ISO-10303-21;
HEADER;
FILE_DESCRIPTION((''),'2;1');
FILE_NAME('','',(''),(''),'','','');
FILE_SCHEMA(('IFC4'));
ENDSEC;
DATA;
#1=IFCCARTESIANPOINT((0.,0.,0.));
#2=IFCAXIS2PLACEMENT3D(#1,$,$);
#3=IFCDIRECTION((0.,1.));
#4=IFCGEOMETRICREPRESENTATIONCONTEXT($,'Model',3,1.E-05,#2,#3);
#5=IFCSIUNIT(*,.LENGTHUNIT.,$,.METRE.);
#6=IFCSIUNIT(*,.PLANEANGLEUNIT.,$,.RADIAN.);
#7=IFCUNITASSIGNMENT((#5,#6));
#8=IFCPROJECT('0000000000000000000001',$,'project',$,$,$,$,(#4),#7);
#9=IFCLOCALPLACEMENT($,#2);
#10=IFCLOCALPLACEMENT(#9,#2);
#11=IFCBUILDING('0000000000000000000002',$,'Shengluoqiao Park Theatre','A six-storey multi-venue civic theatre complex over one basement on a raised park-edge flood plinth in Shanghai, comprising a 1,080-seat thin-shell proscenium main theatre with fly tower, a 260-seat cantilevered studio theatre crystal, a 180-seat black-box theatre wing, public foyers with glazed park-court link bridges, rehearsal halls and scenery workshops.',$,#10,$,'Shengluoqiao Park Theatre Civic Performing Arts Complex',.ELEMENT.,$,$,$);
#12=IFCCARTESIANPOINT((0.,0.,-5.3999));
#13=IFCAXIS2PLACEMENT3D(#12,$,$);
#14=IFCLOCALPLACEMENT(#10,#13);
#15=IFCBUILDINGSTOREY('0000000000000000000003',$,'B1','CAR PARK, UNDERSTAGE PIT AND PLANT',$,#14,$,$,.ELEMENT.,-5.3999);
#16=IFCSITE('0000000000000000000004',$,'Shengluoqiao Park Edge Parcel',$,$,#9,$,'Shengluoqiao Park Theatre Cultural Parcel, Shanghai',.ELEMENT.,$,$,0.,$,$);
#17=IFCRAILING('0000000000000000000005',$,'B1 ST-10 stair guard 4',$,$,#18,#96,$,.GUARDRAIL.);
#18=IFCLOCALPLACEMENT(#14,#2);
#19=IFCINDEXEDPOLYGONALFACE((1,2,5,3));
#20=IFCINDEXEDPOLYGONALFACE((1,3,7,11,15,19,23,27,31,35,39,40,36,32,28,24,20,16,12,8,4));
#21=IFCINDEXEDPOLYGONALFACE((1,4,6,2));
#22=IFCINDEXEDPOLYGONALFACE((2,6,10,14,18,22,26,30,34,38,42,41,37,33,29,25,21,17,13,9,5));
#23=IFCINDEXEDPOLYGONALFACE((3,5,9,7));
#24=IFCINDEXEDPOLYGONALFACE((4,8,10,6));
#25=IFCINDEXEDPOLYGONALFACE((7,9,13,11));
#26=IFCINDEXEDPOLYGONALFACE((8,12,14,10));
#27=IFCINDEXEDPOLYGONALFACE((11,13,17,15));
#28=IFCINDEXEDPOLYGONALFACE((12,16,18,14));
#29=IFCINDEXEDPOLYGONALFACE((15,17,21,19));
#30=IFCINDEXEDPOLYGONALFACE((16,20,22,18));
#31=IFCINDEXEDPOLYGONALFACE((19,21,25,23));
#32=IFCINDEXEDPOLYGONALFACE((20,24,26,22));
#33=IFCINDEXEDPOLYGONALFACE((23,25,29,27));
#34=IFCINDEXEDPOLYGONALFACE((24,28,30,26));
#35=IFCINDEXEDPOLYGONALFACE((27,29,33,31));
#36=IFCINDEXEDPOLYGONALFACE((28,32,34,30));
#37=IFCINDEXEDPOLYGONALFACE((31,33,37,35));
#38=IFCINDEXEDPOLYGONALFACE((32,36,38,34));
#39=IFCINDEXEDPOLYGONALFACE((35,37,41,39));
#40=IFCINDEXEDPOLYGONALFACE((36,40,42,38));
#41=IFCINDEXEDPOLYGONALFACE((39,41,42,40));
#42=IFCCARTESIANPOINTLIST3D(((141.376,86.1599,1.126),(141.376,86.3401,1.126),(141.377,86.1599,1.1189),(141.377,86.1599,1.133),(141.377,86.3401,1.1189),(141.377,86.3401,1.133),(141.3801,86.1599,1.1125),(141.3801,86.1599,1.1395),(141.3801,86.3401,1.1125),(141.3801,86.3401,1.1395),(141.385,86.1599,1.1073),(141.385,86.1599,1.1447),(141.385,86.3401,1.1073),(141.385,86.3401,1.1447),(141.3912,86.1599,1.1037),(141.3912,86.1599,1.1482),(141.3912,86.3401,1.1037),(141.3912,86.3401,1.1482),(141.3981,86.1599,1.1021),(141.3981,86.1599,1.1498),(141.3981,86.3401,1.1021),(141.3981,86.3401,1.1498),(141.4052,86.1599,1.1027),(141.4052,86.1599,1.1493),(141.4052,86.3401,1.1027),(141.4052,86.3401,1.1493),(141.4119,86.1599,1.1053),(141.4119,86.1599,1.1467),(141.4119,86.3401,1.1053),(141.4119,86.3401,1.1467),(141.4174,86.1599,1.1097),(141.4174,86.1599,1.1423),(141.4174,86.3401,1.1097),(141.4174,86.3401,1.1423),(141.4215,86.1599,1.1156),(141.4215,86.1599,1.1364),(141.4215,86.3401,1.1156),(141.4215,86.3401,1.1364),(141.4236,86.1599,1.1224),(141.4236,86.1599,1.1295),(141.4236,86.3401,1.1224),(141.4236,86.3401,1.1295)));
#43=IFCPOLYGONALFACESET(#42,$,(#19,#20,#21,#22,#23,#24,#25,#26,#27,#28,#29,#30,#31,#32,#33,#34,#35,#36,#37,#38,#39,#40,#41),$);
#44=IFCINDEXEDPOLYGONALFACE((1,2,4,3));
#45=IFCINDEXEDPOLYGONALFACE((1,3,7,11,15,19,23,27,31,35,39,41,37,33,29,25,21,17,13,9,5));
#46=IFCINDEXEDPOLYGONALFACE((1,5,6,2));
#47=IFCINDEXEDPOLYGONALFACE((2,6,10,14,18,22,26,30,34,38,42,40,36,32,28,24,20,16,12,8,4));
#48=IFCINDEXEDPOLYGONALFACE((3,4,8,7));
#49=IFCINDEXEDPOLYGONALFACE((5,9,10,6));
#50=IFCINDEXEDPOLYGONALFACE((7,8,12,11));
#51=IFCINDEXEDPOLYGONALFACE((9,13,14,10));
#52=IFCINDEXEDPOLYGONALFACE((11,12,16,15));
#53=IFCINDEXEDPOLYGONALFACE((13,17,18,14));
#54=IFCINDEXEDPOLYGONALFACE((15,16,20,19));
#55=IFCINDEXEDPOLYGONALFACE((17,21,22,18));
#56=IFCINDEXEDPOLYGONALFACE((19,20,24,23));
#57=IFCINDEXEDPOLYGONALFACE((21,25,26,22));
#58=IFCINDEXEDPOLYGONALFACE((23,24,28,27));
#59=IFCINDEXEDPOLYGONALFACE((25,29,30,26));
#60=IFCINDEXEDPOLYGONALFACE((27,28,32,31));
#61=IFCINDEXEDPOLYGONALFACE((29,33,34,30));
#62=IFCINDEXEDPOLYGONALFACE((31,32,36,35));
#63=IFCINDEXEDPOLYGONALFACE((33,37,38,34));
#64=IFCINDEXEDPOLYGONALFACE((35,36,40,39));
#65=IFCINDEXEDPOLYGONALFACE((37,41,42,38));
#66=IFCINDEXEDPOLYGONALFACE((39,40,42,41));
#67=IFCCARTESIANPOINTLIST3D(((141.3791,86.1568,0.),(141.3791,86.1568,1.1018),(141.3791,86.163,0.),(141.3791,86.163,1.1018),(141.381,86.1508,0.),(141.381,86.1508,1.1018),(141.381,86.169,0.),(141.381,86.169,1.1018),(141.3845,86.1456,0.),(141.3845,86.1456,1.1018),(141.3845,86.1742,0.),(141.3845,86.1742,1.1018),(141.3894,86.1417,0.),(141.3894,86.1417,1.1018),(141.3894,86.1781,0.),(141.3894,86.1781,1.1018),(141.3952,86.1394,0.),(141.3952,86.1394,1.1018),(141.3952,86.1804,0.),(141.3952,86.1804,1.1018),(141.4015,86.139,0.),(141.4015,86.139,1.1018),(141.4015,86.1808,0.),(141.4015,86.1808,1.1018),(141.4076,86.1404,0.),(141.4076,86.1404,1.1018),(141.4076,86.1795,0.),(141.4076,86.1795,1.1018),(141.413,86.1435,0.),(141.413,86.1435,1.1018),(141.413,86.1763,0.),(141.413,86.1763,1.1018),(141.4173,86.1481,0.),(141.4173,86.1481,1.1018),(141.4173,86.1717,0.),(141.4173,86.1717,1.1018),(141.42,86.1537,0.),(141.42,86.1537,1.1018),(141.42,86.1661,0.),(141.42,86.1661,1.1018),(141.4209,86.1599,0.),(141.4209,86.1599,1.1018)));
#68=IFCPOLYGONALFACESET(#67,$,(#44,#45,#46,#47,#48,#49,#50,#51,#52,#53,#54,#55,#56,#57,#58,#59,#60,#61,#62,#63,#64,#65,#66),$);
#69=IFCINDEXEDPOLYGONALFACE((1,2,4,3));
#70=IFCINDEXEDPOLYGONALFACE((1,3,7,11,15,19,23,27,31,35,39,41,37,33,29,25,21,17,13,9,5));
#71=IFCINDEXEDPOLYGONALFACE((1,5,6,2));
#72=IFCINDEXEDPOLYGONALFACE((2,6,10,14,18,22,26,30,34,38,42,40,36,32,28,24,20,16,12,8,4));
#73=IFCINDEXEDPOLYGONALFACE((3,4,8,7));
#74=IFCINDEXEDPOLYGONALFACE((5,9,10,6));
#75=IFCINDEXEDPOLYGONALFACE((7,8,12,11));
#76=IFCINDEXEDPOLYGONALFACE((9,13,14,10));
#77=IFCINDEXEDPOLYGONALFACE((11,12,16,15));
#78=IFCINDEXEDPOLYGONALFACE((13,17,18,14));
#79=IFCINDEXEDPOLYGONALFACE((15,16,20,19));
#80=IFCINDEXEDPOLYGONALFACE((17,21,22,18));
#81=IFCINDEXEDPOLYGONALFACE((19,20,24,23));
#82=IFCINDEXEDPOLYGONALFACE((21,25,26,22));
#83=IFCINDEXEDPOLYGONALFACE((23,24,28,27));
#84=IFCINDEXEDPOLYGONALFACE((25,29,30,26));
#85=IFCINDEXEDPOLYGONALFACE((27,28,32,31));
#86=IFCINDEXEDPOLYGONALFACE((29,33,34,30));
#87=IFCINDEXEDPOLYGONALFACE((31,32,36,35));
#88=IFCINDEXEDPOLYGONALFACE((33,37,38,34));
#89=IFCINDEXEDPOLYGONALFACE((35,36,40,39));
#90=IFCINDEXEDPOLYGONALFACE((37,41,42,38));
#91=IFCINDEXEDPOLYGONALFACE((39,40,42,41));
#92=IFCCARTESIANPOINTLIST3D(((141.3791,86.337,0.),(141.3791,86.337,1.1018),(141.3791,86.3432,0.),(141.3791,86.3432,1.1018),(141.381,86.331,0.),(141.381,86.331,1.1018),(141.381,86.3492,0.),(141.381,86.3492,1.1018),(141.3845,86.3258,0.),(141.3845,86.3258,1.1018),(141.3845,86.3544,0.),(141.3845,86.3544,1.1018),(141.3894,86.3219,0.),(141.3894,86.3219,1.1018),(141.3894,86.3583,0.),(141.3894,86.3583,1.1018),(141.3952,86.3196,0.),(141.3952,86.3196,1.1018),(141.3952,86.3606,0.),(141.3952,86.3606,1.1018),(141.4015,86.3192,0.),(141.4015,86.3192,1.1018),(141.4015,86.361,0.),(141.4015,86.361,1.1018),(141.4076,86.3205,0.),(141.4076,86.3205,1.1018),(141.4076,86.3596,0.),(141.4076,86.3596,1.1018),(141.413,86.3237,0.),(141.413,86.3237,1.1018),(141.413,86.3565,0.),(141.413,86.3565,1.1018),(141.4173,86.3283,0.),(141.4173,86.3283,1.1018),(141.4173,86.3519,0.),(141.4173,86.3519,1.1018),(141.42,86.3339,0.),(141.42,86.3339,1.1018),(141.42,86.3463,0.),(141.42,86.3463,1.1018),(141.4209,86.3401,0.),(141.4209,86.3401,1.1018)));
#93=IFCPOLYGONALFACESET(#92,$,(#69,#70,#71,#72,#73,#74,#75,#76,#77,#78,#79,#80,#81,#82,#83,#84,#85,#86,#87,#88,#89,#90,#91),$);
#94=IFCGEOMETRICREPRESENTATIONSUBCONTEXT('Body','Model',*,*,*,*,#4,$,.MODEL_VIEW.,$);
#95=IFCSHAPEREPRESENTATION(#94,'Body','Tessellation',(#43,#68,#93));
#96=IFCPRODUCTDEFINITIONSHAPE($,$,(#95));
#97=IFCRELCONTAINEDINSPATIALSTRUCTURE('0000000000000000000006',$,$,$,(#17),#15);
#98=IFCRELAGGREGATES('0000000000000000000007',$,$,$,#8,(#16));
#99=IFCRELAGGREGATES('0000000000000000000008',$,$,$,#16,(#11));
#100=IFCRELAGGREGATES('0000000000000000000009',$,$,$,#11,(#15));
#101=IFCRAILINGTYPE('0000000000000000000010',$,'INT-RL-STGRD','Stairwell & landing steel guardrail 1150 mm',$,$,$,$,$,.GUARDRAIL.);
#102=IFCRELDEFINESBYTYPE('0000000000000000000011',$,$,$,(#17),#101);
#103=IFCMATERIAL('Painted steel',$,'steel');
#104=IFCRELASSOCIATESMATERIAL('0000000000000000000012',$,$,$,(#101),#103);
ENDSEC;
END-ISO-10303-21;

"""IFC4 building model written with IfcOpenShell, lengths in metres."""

from ifc_helpers import new_model, si_unit, direction, frame, origin, origin_2d, place, context, subcontext, project, spatial, circle, extrude, material, type_object, element, save


model = new_model("IFC4")

# Units and contexts
model_context = context("Model", 3, precision=1e-05, world=origin(), true_north=direction((0.0, 1.0)))
body_context = subcontext(model_context, "Body", "Model", "MODEL_VIEW")
ifc_project = project(units=[si_unit("LENGTHUNIT", "METRE"), si_unit("PLANEANGLEUNIT", "RADIAN")], contexts=[model_context])

# Site, building, storey
site_placement = place(None, origin())
site = spatial("IfcSite", under=ifc_project, at=site_placement, Name="Shengluoqiao Park Edge Parcel", LongName="Shengluoqiao Park Theatre Cultural Parcel, Shanghai", CompositionType="ELEMENT", RefElevation=0.0)
building_placement = place(site_placement, origin())
building = spatial("IfcBuilding", under=site, at=building_placement, Name="Shengluoqiao Park Theatre", Description="A six-storey multi-venue civic theatre complex over one basement on a raised park-edge flood plinth in Shanghai, comprising a 1,080-seat thin-shell proscenium main theatre with fly tower, a 260-seat cantilevered studio theatre crystal, a 180-seat black-box theatre wing, public foyers with glazed park-court link bridges, rehearsal halls and scenery workshops.", LongName="Shengluoqiao Park Theatre Civic Performing Arts Complex", CompositionType="ELEMENT")
storey_placement = place(building_placement, frame((0.0, 0.0, -5.3999)))
storey = spatial("IfcBuildingStorey", under=building, at=storey_placement, Name="B1", Description="CAR PARK, UNDERSTAGE PIT AND PLANT", CompositionType="ELEMENT", Elevation=-5.3999)

# Railing
ifc_material_1 = material(Name="Painted steel", Category="steel")
railing_type_1 = type_object("IfcRailingType", Name="INT-RL-STGRD", Description="Stairwell & landing steel guardrail 1150 mm", PredefinedType="GUARDRAIL", material=ifc_material_1)
railing_1_placement = place(storey_placement, frame((141.3999, 86.1599, 0.0)))
element("IfcRailing", 1, at=railing_1_placement, inside=storey, type_object=railing_type_1, Name="B1 ST-10 stair guard 4", PredefinedType="GUARDRAIL", context=body_context, shape_type="SweptSolid", body=[
    extrude(circle(Radius=0.0239, at=origin_2d()), frame((0.0, 0.0, 1.126), z_axis=(0.0, 1.0, 0.0), x_axis=(-1.0, 0.0, 0.0)), (0.0, 0.0, 1.0), 0.1802),
    extrude(circle(Radius=0.021, at=origin_2d()), origin(), (0.0, 0.0, 1.0), 1.1018),
    extrude(circle(Radius=0.021, at=origin_2d()), frame((0.0, 0.1802, 0.0)), (0.0, 0.0, 1.0), 1.1018),
])

save(model, "model.ifc")
